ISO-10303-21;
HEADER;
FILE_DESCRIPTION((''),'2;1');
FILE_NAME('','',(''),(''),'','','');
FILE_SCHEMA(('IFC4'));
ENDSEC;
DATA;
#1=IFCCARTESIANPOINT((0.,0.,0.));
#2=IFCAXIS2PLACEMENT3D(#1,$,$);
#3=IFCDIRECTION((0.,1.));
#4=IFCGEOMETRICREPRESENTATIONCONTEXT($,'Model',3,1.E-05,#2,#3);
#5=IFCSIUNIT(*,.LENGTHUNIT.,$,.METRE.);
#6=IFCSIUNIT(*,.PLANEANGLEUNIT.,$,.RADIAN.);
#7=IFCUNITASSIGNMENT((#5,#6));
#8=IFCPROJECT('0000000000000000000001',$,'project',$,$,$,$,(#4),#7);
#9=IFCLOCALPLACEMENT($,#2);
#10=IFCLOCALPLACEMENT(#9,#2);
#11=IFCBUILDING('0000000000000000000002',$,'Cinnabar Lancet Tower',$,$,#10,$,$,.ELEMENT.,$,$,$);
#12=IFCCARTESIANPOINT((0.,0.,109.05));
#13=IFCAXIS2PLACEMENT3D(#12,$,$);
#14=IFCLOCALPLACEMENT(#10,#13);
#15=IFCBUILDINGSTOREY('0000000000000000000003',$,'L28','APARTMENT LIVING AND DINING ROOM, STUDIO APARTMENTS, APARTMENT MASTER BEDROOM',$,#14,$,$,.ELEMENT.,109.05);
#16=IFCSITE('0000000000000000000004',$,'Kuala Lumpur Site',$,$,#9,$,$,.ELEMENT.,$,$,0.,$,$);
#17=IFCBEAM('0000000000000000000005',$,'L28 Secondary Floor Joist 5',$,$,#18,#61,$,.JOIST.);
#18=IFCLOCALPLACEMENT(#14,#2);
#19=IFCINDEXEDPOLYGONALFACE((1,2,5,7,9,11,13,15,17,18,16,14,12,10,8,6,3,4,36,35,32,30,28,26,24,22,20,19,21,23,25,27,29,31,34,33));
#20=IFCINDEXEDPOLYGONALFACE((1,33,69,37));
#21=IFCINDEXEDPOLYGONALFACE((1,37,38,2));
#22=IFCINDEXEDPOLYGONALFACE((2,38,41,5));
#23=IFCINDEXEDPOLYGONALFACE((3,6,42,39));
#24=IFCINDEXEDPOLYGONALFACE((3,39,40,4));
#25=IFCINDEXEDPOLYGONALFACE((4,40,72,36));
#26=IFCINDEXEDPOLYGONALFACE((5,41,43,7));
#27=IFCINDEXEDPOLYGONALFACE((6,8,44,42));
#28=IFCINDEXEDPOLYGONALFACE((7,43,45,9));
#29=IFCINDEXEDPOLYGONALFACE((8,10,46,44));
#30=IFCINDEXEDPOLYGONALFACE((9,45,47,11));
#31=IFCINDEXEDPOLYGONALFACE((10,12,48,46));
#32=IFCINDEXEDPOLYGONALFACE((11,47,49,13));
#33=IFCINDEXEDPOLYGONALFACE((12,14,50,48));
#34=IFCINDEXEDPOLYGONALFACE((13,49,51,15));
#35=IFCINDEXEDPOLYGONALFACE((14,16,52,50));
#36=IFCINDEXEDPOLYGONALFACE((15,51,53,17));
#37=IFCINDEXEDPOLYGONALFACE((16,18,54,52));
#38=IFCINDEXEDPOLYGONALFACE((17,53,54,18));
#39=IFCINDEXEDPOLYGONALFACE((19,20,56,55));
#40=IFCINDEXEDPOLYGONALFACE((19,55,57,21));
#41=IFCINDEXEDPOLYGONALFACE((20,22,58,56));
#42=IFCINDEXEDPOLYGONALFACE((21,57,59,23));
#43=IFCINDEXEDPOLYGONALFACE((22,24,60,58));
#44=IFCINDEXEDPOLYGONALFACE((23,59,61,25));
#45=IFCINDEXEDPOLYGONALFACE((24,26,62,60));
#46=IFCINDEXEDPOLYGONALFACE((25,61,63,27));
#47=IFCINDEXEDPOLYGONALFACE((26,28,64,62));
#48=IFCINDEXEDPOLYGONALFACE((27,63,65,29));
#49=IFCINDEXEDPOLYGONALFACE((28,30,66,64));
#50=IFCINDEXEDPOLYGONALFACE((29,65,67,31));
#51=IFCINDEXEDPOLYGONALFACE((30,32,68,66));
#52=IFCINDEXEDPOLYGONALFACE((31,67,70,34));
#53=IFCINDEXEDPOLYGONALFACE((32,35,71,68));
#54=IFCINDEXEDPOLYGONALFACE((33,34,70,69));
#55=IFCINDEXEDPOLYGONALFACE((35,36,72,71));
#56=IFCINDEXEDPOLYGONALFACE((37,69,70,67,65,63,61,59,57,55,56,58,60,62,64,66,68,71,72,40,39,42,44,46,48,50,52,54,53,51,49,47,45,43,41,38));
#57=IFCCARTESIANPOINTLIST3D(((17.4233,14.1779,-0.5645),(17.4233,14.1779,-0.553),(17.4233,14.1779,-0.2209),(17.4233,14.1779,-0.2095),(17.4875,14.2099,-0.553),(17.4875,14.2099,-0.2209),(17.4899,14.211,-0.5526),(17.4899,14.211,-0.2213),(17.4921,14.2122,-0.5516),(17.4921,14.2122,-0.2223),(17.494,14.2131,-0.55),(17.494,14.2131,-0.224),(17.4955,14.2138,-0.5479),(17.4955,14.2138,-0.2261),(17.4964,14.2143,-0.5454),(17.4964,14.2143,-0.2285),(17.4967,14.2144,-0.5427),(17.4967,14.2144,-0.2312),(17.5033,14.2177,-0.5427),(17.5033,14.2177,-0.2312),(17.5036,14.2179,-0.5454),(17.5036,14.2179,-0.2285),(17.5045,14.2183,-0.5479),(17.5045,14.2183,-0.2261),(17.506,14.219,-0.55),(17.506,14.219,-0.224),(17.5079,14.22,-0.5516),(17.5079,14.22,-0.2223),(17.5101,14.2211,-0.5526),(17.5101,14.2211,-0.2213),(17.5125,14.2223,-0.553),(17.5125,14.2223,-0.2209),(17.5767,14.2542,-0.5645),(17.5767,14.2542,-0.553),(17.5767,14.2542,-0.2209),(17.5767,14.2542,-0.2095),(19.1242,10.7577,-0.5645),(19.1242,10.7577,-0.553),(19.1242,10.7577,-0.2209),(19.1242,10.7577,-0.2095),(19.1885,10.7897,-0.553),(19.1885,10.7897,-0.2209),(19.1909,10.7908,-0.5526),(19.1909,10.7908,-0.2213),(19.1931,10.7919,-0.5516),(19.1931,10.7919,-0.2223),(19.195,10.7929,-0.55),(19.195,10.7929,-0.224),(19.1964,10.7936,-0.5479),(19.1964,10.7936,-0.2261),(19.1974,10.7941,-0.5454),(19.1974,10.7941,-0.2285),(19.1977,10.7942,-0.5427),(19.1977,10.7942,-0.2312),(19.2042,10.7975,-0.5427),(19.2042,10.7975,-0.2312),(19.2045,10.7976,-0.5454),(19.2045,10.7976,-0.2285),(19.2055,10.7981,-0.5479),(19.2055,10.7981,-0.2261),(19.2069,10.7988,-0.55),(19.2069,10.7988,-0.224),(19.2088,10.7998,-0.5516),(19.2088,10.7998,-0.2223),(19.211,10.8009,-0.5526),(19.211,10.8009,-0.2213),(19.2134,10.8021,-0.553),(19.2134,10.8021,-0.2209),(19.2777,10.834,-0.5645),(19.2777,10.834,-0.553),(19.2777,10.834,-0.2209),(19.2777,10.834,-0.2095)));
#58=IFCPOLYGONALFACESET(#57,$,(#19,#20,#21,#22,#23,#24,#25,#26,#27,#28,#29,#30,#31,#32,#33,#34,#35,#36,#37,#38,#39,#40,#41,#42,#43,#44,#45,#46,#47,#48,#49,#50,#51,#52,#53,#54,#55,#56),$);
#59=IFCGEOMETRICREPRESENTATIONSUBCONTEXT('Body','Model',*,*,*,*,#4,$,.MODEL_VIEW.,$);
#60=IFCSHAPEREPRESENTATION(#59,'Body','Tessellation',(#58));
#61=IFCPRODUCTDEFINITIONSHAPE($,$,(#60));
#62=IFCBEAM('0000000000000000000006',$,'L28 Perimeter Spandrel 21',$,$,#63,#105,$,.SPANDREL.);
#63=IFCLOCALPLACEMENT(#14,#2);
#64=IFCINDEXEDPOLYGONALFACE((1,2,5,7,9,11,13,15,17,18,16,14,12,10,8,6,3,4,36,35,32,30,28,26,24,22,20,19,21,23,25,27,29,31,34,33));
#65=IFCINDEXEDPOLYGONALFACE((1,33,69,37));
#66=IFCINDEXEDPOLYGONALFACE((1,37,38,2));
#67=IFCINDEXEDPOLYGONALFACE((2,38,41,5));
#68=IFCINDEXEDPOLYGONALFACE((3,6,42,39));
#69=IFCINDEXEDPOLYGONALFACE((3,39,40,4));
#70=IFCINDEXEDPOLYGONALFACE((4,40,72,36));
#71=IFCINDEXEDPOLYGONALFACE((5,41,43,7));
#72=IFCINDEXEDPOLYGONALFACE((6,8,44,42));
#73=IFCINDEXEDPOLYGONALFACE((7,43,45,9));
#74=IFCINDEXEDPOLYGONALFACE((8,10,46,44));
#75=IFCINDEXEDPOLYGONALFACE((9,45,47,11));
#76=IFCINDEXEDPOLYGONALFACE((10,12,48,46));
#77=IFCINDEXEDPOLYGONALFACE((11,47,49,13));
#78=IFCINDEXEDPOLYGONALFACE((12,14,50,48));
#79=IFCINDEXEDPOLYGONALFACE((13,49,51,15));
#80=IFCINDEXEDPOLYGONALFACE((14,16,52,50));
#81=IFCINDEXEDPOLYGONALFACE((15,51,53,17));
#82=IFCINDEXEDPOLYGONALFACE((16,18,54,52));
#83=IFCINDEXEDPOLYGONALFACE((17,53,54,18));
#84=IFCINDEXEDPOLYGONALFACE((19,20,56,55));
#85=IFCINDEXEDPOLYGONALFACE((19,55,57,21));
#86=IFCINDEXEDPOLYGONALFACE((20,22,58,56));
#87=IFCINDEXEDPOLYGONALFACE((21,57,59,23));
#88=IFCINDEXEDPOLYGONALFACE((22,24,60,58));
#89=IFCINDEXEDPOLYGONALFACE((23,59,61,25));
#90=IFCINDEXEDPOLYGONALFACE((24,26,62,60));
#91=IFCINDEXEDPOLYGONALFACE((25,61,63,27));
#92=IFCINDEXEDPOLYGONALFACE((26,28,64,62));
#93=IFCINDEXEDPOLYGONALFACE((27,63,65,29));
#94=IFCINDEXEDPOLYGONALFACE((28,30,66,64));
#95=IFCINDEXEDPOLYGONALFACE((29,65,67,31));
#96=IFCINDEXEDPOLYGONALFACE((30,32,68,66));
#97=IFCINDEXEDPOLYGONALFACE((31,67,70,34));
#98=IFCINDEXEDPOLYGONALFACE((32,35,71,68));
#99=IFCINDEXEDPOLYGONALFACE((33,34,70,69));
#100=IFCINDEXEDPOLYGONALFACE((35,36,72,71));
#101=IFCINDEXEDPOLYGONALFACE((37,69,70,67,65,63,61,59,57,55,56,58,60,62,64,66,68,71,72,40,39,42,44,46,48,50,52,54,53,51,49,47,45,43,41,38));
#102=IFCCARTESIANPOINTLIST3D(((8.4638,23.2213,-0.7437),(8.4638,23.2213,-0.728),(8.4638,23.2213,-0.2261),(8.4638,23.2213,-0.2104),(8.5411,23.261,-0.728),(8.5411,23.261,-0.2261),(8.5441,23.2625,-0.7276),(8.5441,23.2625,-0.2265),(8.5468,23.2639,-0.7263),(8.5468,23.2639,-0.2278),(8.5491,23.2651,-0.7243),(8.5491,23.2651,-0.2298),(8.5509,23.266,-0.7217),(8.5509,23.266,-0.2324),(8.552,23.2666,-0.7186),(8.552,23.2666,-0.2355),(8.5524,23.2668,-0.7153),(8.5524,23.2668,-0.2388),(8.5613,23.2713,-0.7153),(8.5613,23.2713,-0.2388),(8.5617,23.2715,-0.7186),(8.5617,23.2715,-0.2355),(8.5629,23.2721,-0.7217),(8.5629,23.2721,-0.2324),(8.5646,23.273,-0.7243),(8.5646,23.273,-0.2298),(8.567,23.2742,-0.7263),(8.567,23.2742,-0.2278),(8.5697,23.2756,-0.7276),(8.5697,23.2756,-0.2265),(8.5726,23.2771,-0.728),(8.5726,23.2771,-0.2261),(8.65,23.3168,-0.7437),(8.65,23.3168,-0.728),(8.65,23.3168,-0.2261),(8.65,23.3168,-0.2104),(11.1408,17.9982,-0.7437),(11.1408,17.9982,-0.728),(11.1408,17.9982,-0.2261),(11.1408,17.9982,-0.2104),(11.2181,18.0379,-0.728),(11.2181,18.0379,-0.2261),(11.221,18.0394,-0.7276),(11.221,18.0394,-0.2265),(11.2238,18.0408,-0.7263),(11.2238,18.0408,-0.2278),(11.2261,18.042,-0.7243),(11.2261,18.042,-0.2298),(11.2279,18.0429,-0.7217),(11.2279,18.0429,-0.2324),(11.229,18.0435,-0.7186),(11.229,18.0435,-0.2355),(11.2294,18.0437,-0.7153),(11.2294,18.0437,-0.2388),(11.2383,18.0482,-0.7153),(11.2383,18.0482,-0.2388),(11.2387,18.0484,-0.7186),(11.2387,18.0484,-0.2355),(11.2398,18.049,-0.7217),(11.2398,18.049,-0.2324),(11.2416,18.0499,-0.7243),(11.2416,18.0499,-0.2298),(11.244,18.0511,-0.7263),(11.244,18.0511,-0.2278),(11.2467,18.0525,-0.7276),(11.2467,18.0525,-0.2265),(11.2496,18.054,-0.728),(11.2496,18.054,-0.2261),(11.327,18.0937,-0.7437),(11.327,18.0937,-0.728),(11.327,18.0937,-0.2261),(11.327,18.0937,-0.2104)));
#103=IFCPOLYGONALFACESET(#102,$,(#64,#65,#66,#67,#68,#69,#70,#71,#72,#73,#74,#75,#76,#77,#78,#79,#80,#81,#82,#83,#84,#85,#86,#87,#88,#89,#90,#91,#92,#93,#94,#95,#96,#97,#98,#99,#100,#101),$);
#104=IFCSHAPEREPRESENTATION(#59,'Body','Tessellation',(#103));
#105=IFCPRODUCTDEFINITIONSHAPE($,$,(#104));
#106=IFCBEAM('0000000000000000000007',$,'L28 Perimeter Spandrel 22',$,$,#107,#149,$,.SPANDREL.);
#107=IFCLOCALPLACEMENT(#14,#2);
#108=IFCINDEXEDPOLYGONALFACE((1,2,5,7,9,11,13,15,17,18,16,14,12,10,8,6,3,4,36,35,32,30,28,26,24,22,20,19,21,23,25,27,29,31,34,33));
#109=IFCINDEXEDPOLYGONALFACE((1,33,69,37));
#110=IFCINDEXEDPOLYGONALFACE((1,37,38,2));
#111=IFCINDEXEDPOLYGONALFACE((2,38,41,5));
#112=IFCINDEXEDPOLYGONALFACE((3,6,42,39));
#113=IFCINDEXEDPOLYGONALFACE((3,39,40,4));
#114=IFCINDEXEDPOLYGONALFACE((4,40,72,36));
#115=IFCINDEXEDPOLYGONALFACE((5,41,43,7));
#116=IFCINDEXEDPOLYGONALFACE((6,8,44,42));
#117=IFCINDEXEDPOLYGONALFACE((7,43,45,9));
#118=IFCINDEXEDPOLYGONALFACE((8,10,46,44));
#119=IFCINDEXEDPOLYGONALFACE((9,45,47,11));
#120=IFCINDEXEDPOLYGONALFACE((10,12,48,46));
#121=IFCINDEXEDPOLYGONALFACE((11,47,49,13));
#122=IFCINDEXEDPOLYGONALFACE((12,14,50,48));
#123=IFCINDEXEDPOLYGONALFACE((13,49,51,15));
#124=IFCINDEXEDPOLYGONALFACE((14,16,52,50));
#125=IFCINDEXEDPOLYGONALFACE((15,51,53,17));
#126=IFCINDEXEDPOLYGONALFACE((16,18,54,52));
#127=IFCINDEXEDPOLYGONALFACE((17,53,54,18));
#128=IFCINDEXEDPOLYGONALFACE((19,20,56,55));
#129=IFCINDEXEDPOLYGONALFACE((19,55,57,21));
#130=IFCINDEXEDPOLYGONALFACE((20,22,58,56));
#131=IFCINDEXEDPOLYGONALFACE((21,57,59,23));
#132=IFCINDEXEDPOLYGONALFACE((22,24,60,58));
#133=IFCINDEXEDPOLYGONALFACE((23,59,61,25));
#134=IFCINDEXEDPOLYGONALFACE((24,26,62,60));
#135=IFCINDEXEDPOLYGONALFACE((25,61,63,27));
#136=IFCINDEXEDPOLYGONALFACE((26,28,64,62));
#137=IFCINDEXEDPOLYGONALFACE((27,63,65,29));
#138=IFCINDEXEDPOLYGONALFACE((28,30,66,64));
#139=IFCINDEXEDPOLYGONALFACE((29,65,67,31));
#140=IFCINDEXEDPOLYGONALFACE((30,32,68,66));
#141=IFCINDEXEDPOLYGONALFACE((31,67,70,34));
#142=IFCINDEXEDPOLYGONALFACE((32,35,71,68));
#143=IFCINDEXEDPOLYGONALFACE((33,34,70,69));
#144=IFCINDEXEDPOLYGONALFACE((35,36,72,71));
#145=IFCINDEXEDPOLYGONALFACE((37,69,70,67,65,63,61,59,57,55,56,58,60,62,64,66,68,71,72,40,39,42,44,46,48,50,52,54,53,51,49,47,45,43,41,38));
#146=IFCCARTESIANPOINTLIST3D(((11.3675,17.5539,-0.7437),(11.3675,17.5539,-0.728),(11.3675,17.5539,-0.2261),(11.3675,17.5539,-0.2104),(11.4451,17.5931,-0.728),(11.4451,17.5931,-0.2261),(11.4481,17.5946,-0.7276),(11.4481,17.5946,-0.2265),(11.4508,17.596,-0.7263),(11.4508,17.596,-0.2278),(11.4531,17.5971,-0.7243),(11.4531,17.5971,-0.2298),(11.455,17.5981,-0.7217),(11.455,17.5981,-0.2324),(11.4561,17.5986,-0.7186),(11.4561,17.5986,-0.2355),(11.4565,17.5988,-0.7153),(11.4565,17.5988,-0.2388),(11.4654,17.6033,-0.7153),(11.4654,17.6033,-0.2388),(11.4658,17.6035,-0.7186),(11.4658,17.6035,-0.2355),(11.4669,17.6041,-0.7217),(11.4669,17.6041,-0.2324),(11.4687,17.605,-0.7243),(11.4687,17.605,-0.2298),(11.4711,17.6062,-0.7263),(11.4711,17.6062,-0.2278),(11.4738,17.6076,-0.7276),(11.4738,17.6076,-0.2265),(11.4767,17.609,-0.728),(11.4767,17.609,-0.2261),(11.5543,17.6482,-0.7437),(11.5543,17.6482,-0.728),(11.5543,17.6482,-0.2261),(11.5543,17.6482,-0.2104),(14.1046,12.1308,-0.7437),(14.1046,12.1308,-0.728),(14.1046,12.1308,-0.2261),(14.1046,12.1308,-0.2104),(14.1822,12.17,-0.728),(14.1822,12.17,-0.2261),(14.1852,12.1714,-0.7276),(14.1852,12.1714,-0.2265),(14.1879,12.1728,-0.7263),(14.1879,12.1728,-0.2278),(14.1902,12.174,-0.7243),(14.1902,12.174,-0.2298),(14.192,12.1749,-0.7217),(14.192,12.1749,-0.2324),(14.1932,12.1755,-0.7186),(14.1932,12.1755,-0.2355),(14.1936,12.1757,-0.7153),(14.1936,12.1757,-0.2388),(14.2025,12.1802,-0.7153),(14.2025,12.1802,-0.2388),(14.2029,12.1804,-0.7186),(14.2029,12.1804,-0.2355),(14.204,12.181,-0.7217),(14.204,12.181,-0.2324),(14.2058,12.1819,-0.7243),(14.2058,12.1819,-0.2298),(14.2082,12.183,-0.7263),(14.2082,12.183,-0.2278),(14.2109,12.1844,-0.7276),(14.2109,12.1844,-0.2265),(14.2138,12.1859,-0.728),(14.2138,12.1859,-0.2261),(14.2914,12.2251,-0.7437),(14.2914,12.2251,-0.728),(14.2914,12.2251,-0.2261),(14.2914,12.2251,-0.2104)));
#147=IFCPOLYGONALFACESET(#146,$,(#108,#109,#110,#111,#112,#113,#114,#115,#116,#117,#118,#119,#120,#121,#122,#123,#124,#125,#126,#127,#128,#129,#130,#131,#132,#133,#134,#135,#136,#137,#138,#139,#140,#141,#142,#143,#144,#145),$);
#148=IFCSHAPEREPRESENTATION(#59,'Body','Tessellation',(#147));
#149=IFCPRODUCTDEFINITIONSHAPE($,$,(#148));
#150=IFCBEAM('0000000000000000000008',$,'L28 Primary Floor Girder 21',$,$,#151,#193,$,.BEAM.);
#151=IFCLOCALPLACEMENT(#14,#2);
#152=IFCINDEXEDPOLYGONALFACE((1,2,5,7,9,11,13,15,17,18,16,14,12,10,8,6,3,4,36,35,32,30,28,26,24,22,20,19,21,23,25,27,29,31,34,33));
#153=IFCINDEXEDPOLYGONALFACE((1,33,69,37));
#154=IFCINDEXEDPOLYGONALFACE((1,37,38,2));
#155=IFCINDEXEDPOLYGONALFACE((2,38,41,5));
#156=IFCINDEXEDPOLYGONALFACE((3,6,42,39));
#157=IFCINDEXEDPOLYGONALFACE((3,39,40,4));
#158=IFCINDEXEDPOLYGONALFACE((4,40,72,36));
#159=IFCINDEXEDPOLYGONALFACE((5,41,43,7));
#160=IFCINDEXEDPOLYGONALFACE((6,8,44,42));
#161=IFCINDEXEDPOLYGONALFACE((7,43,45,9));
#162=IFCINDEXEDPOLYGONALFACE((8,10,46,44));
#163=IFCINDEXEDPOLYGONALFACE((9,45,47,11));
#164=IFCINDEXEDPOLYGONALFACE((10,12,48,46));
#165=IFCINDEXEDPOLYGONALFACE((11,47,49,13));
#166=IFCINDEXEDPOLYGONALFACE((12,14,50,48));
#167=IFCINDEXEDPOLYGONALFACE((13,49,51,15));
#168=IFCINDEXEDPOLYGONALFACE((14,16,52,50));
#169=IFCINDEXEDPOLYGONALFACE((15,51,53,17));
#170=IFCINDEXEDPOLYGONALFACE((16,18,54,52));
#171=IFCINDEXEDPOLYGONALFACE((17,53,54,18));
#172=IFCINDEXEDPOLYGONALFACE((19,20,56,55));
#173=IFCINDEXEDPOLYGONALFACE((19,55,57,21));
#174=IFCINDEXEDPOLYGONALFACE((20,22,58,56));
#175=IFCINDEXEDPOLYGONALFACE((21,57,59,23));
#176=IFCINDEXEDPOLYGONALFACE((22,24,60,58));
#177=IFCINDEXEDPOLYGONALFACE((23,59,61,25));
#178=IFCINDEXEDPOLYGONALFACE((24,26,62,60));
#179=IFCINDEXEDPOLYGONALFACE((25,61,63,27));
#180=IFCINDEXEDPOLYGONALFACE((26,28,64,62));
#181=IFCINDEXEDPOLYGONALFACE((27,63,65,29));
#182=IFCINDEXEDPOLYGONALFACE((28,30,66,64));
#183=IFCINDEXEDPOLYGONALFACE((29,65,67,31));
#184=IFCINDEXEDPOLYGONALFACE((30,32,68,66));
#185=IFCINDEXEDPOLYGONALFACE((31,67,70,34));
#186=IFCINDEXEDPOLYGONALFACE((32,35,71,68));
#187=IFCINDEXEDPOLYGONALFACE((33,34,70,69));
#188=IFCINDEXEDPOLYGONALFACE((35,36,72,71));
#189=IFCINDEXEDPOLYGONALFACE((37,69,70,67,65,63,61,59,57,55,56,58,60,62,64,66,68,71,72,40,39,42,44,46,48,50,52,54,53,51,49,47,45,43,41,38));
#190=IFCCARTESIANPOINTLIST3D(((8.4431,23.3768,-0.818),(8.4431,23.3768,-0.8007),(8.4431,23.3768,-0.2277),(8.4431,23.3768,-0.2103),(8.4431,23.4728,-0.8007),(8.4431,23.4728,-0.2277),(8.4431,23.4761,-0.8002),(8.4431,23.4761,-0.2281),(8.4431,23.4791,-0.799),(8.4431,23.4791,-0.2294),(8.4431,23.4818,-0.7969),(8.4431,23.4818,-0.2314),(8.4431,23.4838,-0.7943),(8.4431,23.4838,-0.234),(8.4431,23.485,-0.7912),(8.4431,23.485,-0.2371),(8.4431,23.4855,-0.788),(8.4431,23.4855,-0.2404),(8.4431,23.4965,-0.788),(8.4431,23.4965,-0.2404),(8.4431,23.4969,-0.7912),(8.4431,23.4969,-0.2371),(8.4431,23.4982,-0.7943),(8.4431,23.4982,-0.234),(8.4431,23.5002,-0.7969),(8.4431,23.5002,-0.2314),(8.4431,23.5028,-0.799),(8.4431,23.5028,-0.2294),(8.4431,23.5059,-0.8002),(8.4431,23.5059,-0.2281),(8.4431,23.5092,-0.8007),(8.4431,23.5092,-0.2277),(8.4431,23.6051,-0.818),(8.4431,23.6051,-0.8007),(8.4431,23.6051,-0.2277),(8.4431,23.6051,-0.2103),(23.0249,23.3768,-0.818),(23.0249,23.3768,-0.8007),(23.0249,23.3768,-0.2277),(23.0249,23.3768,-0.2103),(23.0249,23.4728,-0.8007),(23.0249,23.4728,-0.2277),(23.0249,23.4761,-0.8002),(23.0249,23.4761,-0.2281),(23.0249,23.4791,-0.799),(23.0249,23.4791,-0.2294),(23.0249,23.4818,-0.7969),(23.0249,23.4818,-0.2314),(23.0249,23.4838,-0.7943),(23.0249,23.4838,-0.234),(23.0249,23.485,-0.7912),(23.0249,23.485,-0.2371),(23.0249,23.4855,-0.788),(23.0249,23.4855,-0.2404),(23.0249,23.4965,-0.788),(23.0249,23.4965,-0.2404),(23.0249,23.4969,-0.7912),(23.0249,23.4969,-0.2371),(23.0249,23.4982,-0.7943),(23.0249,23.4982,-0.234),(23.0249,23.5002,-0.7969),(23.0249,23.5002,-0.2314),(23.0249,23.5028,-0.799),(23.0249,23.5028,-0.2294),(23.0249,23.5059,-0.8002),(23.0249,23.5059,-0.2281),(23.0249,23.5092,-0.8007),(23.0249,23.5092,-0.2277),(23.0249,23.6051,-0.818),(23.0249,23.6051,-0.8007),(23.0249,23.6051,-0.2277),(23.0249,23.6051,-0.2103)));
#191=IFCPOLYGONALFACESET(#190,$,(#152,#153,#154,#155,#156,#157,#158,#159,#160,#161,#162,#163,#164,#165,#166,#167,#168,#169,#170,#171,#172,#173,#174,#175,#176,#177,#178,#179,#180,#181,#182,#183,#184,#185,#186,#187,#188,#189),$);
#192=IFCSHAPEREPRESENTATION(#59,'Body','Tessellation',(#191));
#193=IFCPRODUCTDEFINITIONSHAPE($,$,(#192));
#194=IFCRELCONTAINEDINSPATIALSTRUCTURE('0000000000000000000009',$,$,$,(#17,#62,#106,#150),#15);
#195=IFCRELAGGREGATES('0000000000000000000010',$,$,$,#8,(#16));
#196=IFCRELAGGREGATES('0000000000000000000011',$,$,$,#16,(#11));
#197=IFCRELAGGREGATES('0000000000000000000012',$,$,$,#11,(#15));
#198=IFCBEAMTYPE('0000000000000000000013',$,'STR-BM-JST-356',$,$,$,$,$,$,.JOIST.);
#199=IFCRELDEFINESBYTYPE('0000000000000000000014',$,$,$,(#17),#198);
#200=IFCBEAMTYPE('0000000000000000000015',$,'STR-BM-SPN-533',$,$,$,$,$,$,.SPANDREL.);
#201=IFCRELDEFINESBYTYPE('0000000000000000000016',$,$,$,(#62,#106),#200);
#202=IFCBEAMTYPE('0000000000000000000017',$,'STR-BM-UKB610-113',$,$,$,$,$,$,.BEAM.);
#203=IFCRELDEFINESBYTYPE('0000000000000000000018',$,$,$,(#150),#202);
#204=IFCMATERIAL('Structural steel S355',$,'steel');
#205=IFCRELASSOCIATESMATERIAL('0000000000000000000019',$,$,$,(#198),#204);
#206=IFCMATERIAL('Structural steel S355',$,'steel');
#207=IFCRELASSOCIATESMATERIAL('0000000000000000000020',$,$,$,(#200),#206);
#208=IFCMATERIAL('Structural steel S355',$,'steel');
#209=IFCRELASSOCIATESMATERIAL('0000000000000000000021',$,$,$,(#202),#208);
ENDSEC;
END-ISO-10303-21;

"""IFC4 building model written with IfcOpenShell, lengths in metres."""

from ifc_helpers import new_model, si_unit, direction, frame, origin, origin_2d, place, context, subcontext, project, spatial, i_section, extrude, material, material_profile, profile_set, type_object, element, save


model = new_model("IFC4")

# Units and contexts
model_context = context("Model", 3, precision=1e-05, world=origin(), true_north=direction((0.0, 1.0)))
body_context = subcontext(model_context, "Body", "Model", "MODEL_VIEW")
ifc_project = project(units=[si_unit("LENGTHUNIT", "METRE"), si_unit("PLANEANGLEUNIT", "RADIAN")], contexts=[model_context])

# Site, building, storey
site_placement = place(None, origin())
site = spatial("IfcSite", under=ifc_project, at=site_placement, Name="Kuala Lumpur Site", CompositionType="ELEMENT", RefElevation=0.0)
building_placement = place(site_placement, origin())
building = spatial("IfcBuilding", under=site, at=building_placement, Name="Cinnabar Lancet Tower", CompositionType="ELEMENT")
storey_placement = place(building_placement, frame((0.0, 0.0, 109.05)))
storey = spatial("IfcBuildingStorey", under=building, at=storey_placement, Name="L28", Description="APARTMENT LIVING AND DINING ROOM, STUDIO APARTMENTS, APARTMENT MASTER BEDROOM", CompositionType="ELEMENT", Elevation=109.05)

# Beams
ifc_material_1 = material(Name="Structural steel S355", Category="steel")
ifc_material_profile_1 = material_profile(ifc_material_1, i_section(OverallWidth=0.1714, OverallDepth=0.355, WebThickness=0.0073, FlangeThickness=0.0115, FilletRadius=0.0103, at=origin_2d()), Name="UKB 356x171x51")
ifc_profile_set_1 = profile_set([ifc_material_profile_1], Name="Structural steel S355")
beam_type_1 = type_object("IfcBeamType", Name="STR-BM-JST-356", PredefinedType="JOIST", material=ifc_profile_set_1)
beam_1_placement = place(storey_placement, frame((17.5, 14.2161, -0.387), z_axis=(0.445295, -0.895384, 0.0), x_axis=(0.895384, 0.445295, 0.0)))
element("IfcBeam", 1, at=beam_1_placement, inside=storey, type_object=beam_type_1, Name="L28 Secondary Floor Joist 5", PredefinedType="JOIST", context=body_context, shape_type="SweptSolid", body=[
    extrude(i_section(OverallWidth=0.1714, OverallDepth=0.355, WebThickness=0.0073, FlangeThickness=0.0115, FilletRadius=0.0103, at=origin_2d()), origin(), (0.0, 0.0, 1.0), 3.8198),
])
ifc_material_2 = material(Name="Structural steel S355", Category="steel")
ifc_material_profile_2 = material_profile(ifc_material_2, i_section(OverallWidth=0.2092, OverallDepth=0.5332, WebThickness=0.01, FlangeThickness=0.0156, FilletRadius=0.0127, at=origin_2d()), Name="UKB 533x210x92")
ifc_profile_set_2 = profile_set([ifc_material_profile_2], Name="Structural steel S355")
beam_type_2 = type_object("IfcBeamType", Name="STR-BM-SPN-533", PredefinedType="SPANDREL", material=ifc_profile_set_2)
beam_2_placement = place(storey_placement, frame((8.5569, 23.269, -0.4771), z_axis=(0.45611, -0.889924, 0.0), x_axis=(0.889924, 0.45611, 0.0)))
element("IfcBeam", 2, at=beam_2_placement, inside=storey, type_object=beam_type_2, Name="L28 Perimeter Spandrel 21", PredefinedType="SPANDREL", context=body_context, shape_type="SweptSolid", body=[
    extrude(i_section(OverallWidth=0.2092, OverallDepth=0.5332, WebThickness=0.01, FlangeThickness=0.0156, FilletRadius=0.0127, at=origin_2d()), origin(), (0.0, 0.0, 1.0), 5.8691),
])
beam_3_placement = place(storey_placement, frame((11.4609, 17.6011, -0.4771), z_axis=(0.45057, -0.892741, 0.0), x_axis=(0.892741, 0.45057, 0.0)))
element("IfcBeam", 3, at=beam_3_placement, inside=storey, type_object=beam_type_2, Name="L28 Perimeter Spandrel 22", PredefinedType="SPANDREL", context=body_context, shape_type="SweptSolid", body=[
    extrude(i_section(OverallWidth=0.2092, OverallDepth=0.5332, WebThickness=0.01, FlangeThickness=0.0156, FilletRadius=0.0127, at=origin_2d()), origin(), (0.0, 0.0, 1.0), 6.0747),
])
ifc_material_3 = material(Name="Structural steel S355", Category="steel")
ifc_material_profile_3 = material_profile(ifc_material_3, i_section(OverallWidth=0.2283, OverallDepth=0.6077, WebThickness=0.011, FlangeThickness=0.0173, FilletRadius=0.0127, at=origin_2d()), Name="UKB 610x229x113")
ifc_profile_set_3 = profile_set([ifc_material_profile_3], Name="Structural steel S355")
beam_type_3 = type_object("IfcBeamType", Name="STR-BM-UKB610-113", PredefinedType="BEAM", material=ifc_profile_set_3)
beam_4_placement = place(storey_placement, frame((8.4431, 23.491, -0.5142), z_axis=(1.0, 0.0, 0.0), x_axis=(0.0, 1.0, 0.0)))
element("IfcBeam", 4, at=beam_4_placement, inside=storey, type_object=beam_type_3, Name="L28 Primary Floor Girder 21", PredefinedType="BEAM", context=body_context, shape_type="SweptSolid", body=[
    extrude(i_section(OverallWidth=0.2283, OverallDepth=0.6077, WebThickness=0.011, FlangeThickness=0.0173, FilletRadius=0.0127, at=origin_2d()), origin(), (0.0, 0.0, 1.0), 14.5818),
])

save(model, "model.ifc")
